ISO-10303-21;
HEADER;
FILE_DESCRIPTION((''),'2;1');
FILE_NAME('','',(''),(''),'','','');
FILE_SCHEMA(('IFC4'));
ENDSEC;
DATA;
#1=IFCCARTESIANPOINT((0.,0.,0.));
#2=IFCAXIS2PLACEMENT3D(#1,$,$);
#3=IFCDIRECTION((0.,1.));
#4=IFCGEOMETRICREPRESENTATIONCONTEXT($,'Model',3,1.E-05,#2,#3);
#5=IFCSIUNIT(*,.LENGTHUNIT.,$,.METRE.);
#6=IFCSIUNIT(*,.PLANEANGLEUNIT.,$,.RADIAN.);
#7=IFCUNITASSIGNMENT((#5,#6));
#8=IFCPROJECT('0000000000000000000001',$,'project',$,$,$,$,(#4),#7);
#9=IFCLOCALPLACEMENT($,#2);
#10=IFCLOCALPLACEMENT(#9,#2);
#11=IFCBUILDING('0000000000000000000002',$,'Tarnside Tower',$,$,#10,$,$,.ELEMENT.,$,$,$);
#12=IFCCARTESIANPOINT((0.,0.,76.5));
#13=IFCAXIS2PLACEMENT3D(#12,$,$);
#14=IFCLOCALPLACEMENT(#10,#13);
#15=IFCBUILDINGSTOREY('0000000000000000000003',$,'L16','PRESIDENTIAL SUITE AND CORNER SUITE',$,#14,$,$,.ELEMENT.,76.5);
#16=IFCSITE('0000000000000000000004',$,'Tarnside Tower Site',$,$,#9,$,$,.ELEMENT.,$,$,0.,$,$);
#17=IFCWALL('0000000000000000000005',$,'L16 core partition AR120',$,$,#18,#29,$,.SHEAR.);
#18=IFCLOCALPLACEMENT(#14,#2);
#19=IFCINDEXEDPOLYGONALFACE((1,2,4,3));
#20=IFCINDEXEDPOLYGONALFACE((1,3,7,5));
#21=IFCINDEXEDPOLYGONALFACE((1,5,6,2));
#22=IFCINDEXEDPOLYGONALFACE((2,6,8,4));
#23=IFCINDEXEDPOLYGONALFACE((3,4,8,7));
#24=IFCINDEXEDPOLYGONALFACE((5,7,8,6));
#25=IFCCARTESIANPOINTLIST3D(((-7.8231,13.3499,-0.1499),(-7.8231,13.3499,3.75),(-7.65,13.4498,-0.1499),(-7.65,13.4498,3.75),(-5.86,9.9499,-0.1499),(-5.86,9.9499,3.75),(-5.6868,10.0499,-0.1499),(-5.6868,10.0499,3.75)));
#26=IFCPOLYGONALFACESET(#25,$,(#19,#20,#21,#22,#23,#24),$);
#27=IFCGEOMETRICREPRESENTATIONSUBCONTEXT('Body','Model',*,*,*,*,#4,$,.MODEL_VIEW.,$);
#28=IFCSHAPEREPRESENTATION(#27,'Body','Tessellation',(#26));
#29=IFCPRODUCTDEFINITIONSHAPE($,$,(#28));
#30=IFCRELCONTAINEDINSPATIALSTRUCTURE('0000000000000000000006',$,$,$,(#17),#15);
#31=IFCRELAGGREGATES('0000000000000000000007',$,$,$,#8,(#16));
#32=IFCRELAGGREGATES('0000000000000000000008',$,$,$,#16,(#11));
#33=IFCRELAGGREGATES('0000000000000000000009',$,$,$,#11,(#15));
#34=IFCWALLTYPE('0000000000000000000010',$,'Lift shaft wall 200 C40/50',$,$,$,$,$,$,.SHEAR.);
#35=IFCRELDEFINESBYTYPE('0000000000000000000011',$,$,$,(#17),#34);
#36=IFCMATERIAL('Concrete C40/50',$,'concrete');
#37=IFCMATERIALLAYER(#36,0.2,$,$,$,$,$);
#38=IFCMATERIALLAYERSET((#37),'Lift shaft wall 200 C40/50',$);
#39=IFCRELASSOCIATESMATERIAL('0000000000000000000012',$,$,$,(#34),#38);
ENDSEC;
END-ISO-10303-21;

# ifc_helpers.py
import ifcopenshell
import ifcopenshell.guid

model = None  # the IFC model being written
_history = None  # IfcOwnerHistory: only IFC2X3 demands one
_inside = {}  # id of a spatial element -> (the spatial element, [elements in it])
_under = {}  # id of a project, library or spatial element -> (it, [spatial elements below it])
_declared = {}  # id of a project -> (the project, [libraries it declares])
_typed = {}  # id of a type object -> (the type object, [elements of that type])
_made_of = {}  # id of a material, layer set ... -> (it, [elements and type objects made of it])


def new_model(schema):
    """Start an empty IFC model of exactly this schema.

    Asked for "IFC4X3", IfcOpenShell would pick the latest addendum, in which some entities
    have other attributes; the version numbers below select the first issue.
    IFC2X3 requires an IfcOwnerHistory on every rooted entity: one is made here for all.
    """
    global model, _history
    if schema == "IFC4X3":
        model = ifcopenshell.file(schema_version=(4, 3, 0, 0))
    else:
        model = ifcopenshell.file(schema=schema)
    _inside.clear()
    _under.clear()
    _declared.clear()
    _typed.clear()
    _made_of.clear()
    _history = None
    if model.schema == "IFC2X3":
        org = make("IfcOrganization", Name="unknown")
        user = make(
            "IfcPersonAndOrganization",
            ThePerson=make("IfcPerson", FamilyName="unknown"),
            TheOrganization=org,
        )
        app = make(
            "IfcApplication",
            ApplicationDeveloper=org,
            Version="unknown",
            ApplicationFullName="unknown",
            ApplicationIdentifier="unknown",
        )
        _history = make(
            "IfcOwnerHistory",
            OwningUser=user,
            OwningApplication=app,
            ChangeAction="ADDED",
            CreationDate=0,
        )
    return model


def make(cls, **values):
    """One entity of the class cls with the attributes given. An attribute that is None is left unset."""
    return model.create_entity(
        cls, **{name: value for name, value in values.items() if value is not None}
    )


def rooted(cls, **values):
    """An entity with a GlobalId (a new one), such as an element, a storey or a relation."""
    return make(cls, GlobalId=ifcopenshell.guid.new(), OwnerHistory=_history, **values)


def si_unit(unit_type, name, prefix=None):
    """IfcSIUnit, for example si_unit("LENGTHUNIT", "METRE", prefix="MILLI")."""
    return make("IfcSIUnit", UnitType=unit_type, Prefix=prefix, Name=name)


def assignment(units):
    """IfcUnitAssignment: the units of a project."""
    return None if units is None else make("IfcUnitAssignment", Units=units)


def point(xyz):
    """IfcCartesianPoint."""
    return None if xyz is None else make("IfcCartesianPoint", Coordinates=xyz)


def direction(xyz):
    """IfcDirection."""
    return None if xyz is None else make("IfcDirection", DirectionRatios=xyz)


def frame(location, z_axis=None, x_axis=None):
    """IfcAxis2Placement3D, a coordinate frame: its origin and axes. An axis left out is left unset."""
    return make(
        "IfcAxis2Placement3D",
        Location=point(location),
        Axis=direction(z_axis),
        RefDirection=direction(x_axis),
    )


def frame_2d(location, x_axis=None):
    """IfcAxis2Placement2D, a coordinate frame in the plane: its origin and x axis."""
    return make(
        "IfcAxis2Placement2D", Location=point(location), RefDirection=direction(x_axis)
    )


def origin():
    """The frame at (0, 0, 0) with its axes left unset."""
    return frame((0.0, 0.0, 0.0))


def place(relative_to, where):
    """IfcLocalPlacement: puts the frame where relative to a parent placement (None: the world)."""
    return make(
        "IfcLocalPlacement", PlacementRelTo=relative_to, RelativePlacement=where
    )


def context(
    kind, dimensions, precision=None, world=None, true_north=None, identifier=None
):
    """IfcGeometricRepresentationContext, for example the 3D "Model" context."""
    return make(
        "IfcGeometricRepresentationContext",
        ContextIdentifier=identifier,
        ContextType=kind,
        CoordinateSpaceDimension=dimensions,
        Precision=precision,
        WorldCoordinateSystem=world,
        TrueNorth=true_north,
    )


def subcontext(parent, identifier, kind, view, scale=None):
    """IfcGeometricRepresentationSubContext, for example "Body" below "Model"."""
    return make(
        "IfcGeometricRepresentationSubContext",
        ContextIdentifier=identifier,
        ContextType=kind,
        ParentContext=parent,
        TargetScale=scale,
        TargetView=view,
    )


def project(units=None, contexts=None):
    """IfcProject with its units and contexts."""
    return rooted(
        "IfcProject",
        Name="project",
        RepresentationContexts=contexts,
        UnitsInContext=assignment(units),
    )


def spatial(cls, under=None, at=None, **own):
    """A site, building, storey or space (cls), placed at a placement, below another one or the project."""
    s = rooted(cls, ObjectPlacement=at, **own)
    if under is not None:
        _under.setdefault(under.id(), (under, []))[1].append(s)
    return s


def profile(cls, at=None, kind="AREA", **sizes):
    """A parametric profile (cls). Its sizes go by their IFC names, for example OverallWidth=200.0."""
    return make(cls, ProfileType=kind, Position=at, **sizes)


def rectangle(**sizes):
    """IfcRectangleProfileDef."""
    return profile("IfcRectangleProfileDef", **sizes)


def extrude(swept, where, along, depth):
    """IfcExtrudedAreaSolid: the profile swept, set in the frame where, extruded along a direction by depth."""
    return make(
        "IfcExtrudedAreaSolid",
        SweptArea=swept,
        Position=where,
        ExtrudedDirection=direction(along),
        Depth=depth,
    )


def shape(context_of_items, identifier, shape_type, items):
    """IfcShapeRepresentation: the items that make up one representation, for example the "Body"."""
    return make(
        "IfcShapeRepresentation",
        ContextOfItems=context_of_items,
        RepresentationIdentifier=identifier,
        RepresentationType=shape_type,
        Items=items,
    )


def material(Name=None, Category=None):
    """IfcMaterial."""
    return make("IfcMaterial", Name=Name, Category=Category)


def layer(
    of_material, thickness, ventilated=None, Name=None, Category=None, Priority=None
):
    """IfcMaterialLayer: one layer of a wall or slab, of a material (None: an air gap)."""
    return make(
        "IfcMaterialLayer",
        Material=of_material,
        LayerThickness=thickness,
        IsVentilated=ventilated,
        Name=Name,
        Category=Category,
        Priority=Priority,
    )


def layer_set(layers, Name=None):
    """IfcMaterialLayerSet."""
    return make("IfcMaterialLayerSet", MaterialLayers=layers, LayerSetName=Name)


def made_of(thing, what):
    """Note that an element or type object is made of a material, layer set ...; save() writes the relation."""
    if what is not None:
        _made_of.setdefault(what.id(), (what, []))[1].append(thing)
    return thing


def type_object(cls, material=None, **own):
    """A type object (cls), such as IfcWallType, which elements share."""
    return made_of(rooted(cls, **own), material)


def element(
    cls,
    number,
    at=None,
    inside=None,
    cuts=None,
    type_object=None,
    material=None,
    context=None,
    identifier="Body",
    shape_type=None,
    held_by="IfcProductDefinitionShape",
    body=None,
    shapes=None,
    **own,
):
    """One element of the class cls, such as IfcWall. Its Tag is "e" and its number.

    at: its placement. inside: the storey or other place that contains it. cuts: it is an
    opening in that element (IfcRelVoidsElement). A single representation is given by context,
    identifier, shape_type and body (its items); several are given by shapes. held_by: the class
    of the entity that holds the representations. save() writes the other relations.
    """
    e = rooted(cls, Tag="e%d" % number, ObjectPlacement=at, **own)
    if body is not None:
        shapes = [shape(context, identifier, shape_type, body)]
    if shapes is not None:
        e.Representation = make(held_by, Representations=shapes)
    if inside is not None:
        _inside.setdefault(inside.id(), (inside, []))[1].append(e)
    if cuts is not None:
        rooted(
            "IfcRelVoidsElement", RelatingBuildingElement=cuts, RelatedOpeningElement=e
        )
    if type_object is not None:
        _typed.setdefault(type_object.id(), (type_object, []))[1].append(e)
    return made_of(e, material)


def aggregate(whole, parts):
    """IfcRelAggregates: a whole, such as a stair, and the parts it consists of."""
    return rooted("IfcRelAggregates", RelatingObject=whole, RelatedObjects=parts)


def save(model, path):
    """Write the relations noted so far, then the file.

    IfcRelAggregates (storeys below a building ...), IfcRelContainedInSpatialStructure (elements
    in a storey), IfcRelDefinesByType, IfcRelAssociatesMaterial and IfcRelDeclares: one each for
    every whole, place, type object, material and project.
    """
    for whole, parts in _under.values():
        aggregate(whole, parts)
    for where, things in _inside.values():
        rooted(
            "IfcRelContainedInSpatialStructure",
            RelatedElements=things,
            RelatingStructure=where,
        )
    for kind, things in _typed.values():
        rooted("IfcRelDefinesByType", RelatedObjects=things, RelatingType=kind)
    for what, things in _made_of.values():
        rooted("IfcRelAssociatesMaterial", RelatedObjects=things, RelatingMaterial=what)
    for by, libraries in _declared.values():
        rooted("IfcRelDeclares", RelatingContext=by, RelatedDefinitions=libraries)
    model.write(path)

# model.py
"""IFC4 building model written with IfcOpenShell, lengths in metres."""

from ifc_helpers import new_model, si_unit, direction, frame, frame_2d, origin, place, context, subcontext, project, spatial, rectangle, extrude, material, layer, layer_set, type_object, element, save


model = new_model("IFC4")

# Units and contexts
model_context = context("Model", 3, precision=1e-05, world=origin(), true_north=direction((0.0, 1.0)))
body_context = subcontext(model_context, "Body", "Model", "MODEL_VIEW")
ifc_project = project(units=[si_unit("LENGTHUNIT", "METRE"), si_unit("PLANEANGLEUNIT", "RADIAN")], contexts=[model_context])

# Site, building, storey
site_placement = place(None, origin())
site = spatial("IfcSite", under=ifc_project, at=site_placement, Name="Tarnside Tower Site", CompositionType="ELEMENT", RefElevation=0.0)
building_placement = place(site_placement, origin())
building = spatial("IfcBuilding", under=site, at=building_placement, Name="Tarnside Tower", CompositionType="ELEMENT")
storey_placement = place(building_placement, frame((0.0, 0.0, 76.5)))
storey = spatial("IfcBuildingStorey", under=building, at=storey_placement, Name="L16", Description="PRESIDENTIAL SUITE AND CORNER SUITE", CompositionType="ELEMENT", Elevation=76.5)

# Wall
ifc_material_1 = material(Name="Concrete C40/50", Category="concrete")
ifc_layer_1 = layer(ifc_material_1, 0.2)
ifc_layer_set_1 = layer_set([ifc_layer_1], Name="Lift shaft wall 200 C40/50")
wall_type_1 = type_object("IfcWallType", Name="Lift shaft wall 200 C40/50", PredefinedType="SHEAR", material=ifc_layer_set_1)
wall_1_placement = place(storey_placement, frame((-5.7734, 10.0, -0.1499), z_axis=(0.0, 0.0, 1.0), x_axis=(-0.500038, 0.866003, 0.0)))
element("IfcWall", 1, at=wall_1_placement, inside=storey, type_object=wall_type_1, Name="L16 core partition AR120", PredefinedType="SHEAR", context=body_context, shape_type="SweptSolid", body=[
    extrude(rectangle(XDim=3.926, YDim=0.2, at=frame_2d((1.9629, 0.0))), origin(), (0.0, 0.0, 1.0), 3.8999),
])

save(model, "model.ifc")
